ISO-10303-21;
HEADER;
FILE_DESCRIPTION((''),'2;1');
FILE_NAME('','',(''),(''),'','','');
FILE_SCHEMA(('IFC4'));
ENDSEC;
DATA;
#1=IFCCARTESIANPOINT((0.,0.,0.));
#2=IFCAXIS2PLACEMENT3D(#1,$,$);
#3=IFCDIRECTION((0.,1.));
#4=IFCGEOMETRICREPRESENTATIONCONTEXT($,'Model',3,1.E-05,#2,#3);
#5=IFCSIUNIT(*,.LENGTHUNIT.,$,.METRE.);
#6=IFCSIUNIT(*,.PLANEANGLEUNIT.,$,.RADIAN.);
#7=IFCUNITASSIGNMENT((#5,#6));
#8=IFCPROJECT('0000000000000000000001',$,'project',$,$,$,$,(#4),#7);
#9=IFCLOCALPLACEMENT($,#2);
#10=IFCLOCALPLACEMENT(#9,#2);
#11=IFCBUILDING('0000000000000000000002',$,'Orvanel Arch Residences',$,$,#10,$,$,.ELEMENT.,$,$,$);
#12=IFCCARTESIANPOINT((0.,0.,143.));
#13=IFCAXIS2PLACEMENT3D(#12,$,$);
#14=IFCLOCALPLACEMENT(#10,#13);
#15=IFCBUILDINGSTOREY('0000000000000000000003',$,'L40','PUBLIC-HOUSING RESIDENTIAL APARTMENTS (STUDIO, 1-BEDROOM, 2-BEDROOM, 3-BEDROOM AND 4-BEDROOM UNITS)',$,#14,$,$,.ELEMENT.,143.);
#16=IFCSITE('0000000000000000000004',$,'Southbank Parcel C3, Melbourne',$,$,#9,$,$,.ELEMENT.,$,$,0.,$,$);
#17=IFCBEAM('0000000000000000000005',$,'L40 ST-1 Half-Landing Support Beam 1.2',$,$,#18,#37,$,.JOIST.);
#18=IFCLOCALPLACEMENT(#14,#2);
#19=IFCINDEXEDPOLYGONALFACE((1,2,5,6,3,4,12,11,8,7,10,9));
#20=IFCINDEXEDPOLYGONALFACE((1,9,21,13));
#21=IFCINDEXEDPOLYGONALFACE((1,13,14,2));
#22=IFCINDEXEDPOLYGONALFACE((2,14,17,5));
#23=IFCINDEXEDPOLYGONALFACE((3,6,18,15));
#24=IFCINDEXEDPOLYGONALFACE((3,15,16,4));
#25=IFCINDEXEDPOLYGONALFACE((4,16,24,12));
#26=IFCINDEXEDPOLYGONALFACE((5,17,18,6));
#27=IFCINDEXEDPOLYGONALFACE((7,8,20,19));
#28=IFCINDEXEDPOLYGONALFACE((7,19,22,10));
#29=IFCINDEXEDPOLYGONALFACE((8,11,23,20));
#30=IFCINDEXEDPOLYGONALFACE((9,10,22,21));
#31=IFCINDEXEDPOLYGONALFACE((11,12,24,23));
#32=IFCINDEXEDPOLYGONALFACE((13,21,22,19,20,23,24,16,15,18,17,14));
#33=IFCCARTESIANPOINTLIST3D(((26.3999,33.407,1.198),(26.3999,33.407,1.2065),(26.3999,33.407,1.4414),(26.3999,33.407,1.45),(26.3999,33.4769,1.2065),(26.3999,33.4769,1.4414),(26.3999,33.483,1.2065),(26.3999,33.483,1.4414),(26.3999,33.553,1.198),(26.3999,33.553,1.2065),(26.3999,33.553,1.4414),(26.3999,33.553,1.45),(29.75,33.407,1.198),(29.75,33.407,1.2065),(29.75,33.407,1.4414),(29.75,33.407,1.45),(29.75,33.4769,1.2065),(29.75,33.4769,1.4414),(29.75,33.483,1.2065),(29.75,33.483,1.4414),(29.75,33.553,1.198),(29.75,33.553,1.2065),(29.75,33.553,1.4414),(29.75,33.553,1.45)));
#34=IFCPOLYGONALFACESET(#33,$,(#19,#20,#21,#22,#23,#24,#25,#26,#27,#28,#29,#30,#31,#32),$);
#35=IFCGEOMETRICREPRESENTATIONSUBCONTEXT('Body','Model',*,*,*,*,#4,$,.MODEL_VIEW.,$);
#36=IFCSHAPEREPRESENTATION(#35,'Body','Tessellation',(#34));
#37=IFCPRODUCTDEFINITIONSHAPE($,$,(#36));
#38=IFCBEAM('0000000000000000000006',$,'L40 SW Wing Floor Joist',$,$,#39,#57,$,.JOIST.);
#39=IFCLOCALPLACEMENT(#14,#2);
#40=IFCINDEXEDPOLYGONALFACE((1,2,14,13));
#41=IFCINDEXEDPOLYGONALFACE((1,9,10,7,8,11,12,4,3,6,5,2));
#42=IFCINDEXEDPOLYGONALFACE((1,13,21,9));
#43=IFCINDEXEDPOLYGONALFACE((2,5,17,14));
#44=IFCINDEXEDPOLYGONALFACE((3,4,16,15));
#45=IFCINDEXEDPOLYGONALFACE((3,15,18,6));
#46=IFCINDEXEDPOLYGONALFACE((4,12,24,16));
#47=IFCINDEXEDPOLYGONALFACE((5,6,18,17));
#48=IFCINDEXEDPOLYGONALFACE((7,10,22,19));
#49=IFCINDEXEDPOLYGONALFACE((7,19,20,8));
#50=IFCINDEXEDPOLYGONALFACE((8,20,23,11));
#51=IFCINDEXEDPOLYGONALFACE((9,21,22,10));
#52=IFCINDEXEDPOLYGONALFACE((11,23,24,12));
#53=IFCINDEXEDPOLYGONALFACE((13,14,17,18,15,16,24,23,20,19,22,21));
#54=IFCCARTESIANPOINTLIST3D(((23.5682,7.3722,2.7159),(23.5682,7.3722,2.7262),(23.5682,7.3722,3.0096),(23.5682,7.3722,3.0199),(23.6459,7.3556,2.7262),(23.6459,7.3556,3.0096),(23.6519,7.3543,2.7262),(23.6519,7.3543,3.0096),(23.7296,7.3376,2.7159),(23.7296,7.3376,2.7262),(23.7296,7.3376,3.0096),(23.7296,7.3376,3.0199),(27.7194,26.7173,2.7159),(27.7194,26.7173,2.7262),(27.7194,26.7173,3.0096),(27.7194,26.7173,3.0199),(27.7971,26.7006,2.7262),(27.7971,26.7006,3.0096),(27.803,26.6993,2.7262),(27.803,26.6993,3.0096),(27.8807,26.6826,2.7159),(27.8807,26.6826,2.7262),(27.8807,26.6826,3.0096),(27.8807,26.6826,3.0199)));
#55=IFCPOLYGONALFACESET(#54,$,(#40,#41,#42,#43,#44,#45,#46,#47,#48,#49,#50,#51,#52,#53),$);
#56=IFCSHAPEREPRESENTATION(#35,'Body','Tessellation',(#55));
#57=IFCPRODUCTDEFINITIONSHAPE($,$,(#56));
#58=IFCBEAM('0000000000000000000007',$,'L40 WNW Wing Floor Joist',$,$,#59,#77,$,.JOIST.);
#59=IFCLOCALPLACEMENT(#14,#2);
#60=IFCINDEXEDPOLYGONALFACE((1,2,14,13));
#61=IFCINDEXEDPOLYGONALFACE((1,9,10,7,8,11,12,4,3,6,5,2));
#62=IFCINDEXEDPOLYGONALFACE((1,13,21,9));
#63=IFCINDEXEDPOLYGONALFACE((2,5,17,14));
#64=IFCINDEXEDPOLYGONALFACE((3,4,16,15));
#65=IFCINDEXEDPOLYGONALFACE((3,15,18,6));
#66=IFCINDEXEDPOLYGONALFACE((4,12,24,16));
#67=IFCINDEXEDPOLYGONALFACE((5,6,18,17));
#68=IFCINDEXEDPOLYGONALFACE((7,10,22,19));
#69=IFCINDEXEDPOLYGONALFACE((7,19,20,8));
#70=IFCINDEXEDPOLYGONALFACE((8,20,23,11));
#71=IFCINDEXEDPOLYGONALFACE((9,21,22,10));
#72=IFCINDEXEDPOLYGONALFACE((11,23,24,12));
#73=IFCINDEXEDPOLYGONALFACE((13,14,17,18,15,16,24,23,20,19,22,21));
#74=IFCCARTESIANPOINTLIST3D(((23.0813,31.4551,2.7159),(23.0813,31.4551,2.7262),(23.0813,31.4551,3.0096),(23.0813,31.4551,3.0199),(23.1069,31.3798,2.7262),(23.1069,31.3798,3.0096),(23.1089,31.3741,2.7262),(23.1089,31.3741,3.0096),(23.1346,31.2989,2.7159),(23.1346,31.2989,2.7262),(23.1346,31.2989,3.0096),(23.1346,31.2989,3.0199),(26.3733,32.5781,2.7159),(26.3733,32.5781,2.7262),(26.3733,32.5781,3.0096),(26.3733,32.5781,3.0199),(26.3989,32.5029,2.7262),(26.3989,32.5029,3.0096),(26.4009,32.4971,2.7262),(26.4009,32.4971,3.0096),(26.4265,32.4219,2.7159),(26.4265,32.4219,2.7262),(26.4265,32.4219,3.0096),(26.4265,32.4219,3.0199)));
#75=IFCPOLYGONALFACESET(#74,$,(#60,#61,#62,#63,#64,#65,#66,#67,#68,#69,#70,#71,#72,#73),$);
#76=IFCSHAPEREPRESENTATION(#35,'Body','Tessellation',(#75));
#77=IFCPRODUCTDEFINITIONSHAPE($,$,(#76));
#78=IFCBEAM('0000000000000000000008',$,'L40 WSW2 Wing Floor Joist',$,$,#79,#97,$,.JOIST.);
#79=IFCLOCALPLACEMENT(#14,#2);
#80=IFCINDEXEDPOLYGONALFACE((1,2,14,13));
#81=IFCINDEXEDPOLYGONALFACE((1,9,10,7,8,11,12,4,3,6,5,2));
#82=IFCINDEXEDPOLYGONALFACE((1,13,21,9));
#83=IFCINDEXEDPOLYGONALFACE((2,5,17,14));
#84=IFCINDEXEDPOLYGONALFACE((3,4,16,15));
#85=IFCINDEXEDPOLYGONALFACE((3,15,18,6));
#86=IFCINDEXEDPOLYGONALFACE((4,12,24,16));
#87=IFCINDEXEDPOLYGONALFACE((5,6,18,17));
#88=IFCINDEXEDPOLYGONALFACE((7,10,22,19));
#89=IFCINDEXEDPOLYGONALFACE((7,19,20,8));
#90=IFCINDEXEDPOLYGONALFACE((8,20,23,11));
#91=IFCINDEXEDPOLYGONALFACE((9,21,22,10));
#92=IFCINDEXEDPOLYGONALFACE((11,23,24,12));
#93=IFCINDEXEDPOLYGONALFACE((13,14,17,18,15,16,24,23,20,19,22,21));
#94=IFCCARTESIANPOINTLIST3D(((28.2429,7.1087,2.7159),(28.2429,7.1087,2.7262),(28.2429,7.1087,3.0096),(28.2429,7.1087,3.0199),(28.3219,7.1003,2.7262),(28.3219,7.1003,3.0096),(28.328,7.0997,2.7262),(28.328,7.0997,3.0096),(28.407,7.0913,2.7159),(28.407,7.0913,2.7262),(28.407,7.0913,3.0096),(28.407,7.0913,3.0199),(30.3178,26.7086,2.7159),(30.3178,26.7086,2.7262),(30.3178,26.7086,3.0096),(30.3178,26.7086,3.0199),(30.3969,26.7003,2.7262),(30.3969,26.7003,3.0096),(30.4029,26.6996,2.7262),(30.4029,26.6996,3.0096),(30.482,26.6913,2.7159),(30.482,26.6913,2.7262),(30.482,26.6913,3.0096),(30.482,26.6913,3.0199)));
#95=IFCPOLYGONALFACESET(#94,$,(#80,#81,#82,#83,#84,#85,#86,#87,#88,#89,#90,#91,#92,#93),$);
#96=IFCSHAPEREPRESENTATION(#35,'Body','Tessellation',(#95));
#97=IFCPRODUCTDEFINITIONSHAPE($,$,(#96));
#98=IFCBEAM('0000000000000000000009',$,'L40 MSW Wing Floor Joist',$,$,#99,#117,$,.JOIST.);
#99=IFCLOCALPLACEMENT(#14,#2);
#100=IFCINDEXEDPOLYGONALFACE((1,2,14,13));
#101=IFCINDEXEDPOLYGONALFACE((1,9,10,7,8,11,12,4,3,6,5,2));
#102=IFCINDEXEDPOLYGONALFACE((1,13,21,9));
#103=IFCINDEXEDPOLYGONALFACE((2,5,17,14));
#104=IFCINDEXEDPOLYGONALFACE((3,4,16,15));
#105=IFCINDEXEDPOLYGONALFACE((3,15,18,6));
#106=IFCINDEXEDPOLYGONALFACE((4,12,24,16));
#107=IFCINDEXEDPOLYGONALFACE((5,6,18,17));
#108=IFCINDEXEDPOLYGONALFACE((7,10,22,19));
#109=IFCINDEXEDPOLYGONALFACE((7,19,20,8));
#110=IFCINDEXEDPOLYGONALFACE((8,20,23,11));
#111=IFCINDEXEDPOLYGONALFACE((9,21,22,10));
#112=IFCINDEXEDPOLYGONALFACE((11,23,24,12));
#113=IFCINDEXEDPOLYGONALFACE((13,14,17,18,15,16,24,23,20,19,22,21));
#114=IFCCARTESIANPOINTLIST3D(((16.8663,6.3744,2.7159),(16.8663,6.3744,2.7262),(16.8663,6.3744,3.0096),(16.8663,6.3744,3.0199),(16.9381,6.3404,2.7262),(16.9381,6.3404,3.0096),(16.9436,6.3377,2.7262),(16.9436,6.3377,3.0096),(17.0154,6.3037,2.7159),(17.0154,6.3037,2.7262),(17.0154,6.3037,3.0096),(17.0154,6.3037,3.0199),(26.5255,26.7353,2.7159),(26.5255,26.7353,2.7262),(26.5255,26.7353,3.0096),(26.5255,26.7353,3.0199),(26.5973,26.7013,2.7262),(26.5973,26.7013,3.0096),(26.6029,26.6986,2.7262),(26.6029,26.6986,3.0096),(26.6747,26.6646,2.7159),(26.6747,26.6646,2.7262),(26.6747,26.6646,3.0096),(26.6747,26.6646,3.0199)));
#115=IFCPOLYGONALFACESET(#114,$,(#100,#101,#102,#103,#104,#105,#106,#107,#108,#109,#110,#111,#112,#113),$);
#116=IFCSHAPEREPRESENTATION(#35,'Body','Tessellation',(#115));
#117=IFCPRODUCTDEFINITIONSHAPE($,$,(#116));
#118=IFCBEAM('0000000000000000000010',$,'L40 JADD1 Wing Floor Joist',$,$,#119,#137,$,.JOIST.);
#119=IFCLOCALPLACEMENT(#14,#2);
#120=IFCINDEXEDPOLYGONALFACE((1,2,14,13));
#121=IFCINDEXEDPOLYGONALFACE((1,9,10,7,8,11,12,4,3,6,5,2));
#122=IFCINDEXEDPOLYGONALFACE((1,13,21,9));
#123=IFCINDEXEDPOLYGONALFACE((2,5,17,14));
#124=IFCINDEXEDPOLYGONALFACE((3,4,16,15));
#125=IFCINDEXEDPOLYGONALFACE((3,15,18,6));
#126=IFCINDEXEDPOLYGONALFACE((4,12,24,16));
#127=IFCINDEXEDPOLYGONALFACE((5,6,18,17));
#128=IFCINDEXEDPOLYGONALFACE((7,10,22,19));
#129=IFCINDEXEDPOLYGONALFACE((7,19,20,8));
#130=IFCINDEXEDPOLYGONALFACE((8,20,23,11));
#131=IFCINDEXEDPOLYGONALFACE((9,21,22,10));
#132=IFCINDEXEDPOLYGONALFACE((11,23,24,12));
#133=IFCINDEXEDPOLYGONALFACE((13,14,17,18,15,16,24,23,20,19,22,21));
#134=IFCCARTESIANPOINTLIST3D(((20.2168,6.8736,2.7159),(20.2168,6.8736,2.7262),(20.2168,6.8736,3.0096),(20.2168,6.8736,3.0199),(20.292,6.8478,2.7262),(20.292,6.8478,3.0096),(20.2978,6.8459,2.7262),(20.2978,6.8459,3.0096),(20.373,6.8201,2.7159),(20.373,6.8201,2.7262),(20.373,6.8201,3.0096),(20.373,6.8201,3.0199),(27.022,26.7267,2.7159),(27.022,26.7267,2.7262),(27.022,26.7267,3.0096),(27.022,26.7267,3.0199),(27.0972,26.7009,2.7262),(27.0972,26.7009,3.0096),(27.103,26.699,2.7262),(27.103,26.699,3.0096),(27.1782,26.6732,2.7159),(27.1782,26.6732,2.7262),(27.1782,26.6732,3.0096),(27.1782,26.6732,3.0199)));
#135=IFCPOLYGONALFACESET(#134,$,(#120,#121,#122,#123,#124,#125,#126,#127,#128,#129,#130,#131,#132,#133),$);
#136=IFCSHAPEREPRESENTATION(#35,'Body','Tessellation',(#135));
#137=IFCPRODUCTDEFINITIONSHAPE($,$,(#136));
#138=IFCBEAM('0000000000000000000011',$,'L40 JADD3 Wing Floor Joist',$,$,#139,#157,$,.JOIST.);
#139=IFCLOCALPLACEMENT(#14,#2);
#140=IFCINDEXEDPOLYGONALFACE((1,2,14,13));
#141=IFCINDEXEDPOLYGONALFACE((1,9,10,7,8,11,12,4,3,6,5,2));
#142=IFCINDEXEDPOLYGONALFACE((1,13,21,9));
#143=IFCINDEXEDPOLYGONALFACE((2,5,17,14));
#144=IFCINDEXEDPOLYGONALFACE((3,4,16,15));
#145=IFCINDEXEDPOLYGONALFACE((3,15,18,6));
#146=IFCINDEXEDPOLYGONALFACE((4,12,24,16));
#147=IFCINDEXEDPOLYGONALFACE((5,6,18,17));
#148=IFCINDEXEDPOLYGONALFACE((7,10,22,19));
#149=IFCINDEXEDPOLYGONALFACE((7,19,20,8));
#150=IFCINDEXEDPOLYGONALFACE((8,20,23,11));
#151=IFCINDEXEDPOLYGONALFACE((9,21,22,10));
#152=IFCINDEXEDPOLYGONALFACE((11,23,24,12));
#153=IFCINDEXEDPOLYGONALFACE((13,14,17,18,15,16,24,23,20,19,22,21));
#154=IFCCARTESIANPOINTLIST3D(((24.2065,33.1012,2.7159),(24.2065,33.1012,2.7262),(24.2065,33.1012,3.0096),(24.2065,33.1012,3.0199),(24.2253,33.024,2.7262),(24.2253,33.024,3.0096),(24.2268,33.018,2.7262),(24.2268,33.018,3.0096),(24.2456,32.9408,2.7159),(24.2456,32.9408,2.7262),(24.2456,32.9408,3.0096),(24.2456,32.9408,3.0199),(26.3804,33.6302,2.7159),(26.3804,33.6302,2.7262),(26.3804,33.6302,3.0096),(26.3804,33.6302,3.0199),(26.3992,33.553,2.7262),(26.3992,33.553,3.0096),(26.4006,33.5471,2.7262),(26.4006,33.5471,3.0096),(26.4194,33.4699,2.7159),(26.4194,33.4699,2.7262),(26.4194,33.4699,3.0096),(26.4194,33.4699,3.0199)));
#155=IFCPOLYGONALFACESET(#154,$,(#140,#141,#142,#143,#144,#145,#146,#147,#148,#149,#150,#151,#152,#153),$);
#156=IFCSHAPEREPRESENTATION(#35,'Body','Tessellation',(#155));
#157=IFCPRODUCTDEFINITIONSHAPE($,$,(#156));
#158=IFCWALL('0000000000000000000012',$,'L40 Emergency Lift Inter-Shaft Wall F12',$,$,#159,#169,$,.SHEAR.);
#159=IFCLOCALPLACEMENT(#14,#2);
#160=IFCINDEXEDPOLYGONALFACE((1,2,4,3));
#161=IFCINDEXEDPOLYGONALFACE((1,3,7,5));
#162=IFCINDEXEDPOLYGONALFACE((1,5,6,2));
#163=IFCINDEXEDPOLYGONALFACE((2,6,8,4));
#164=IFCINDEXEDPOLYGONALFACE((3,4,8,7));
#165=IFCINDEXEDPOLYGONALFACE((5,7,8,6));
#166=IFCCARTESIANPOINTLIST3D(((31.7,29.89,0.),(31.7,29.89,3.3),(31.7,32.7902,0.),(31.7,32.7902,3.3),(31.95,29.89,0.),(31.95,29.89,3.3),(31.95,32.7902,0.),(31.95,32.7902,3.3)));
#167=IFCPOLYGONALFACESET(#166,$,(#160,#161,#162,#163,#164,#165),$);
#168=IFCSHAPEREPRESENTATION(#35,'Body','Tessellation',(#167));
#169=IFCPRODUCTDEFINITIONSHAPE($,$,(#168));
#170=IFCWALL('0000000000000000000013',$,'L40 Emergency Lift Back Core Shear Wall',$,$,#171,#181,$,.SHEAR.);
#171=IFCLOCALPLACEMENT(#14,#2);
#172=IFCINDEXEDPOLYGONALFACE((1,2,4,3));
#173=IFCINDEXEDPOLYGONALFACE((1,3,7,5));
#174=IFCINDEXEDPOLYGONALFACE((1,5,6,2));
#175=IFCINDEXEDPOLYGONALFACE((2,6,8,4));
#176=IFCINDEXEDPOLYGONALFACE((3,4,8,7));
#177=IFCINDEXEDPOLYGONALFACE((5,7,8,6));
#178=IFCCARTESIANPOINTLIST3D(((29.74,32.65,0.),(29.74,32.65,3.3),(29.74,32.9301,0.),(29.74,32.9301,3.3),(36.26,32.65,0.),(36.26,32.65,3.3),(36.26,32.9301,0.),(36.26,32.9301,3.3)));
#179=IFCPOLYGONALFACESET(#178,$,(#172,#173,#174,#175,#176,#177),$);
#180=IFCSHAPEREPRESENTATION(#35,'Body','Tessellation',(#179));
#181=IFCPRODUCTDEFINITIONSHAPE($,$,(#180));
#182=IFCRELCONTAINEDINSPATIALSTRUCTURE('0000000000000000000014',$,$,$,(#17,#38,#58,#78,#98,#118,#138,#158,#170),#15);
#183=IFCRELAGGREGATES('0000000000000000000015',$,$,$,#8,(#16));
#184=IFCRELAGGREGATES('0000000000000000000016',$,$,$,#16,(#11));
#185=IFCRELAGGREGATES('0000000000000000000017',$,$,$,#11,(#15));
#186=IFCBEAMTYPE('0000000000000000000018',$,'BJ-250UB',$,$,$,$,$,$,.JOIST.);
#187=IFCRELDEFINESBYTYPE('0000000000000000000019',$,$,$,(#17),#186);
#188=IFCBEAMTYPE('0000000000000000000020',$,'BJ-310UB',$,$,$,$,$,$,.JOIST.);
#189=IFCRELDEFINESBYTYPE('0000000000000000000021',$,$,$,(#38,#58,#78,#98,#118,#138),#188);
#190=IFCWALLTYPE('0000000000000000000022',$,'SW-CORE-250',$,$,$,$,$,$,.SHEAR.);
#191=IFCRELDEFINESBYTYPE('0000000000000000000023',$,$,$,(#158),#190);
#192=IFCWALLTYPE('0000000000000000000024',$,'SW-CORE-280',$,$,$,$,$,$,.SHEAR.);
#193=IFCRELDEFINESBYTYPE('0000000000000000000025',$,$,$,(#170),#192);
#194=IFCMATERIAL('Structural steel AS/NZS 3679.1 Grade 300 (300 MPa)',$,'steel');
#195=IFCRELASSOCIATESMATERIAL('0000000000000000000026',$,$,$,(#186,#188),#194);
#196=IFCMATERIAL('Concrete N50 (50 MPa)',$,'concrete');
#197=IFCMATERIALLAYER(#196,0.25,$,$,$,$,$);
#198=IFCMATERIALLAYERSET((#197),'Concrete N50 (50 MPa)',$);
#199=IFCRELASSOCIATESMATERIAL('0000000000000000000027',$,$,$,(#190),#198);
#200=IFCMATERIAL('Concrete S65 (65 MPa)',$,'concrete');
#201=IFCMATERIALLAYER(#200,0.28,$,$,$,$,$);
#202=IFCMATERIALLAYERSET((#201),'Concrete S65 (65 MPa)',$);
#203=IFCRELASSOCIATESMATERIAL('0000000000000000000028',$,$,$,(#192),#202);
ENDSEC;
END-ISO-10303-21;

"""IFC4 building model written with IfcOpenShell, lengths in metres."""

from ifc_helpers import new_model, si_unit, direction, frame, frame_2d, origin, origin_2d, place, context, subcontext, project, spatial, rectangle, i_section, extrude, material, layer, layer_set, material_profile, profile_set, type_object, element, save


model = new_model("IFC4")

# Units and contexts
model_context = context("Model", 3, precision=1e-05, world=origin(), true_north=direction((0.0, 1.0)))
body_context = subcontext(model_context, "Body", "Model", "MODEL_VIEW")
ifc_project = project(units=[si_unit("LENGTHUNIT", "METRE"), si_unit("PLANEANGLEUNIT", "RADIAN")], contexts=[model_context])

# Site, building, storey
site_placement = place(None, origin())
site = spatial("IfcSite", under=ifc_project, at=site_placement, Name="Southbank Parcel C3, Melbourne", CompositionType="ELEMENT", RefElevation=0.0)
building_placement = place(site_placement, origin())
building = spatial("IfcBuilding", under=site, at=building_placement, Name="Orvanel Arch Residences", CompositionType="ELEMENT")
storey_placement = place(building_placement, frame((0.0, 0.0, 143.0)))
storey = spatial("IfcBuildingStorey", under=building, at=storey_placement, Name="L40", Description="PUBLIC-HOUSING RESIDENTIAL APARTMENTS (STUDIO, 1-BEDROOM, 2-BEDROOM, 3-BEDROOM AND 4-BEDROOM UNITS)", CompositionType="ELEMENT", Elevation=143.0)

# Beams
ifc_material_1 = material(Name="Structural steel AS/NZS 3679.1 Grade 300 (300 MPa)", Category="steel")
ifc_material_profile_1 = material_profile(ifc_material_1, i_section(OverallWidth=0.146, OverallDepth=0.252, WebThickness=0.0061, FlangeThickness=0.0085, at=origin_2d()), Name="250UB31.4")
ifc_profile_set_1 = profile_set([ifc_material_profile_1], Name="Structural steel AS/NZS 3679.1 Grade 300 (300 MPa)")
beam_type_1 = type_object("IfcBeamType", Name="BJ-250UB", PredefinedType="JOIST", material=ifc_profile_set_1)
beam_1_placement = place(storey_placement, frame((26.3999, 33.48, 1.324), z_axis=(1.0, 0.0, 0.0), x_axis=(0.0, 1.0, 0.0)))
element("IfcBeam", 1, at=beam_1_placement, inside=storey, type_object=beam_type_1, Name="L40 ST-1 Half-Landing Support Beam 1.2", PredefinedType="JOIST", context=body_context, shape_type="SweptSolid", body=[
    extrude(i_section(OverallWidth=0.146, OverallDepth=0.252, WebThickness=0.0061, FlangeThickness=0.0085, at=origin_2d()), origin(), (0.0, 0.0, 1.0), 3.3501),
])
ifc_material_profile_2 = material_profile(ifc_material_1, i_section(OverallWidth=0.165, OverallDepth=0.304, WebThickness=0.0061, FlangeThickness=0.0103, at=origin_2d()), Name="310UB40.4")
ifc_profile_set_2 = profile_set([ifc_material_profile_2], Name="Structural steel AS/NZS 3679.1 Grade 300 (300 MPa)")
beam_type_2 = type_object("IfcBeamType", Name="BJ-310UB", PredefinedType="JOIST", material=ifc_profile_set_2)
beam_2_placement = place(storey_placement, frame((27.8, 26.7, 2.8679), z_axis=(-0.209808, -0.977743, 0.0), x_axis=(0.977743, -0.209808, 0.0)))
element("IfcBeam", 2, at=beam_2_placement, inside=storey, type_object=beam_type_2, Name="L40 SW Wing Floor Joist", PredefinedType="JOIST", context=body_context, shape_type="SweptSolid", body=[
    extrude(i_section(OverallWidth=0.165, OverallDepth=0.304, WebThickness=0.0061, FlangeThickness=0.0103, at=origin_2d()), origin(), (0.0, 0.0, 1.0), 19.7854),
])
beam_3_placement = place(storey_placement, frame((26.3999, 32.5, 2.8679), z_axis=(-0.946442, -0.322874, 0.0), x_axis=(0.322874, -0.946442, 0.0)))
element("IfcBeam", 3, at=beam_3_placement, inside=storey, type_object=beam_type_2, Name="L40 WNW Wing Floor Joist", PredefinedType="JOIST", context=body_context, shape_type="SweptSolid", body=[
    extrude(i_section(OverallWidth=0.165, OverallDepth=0.304, WebThickness=0.0061, FlangeThickness=0.0103, at=origin_2d()), origin(), (0.0, 0.0, 1.0), 3.4783),
])
beam_4_placement = place(storey_placement, frame((30.3999, 26.7, 2.8679), z_axis=(-0.105277, -0.994443, 0.0), x_axis=(0.994443, -0.105277, 0.0)))
element("IfcBeam", 4, at=beam_4_placement, inside=storey, type_object=beam_type_2, Name="L40 WSW2 Wing Floor Joist", PredefinedType="JOIST", context=body_context, shape_type="SweptSolid", body=[
    extrude(i_section(OverallWidth=0.165, OverallDepth=0.304, WebThickness=0.0061, FlangeThickness=0.0103, at=origin_2d()), origin(), (0.0, 0.0, 1.0), 19.7095),
])
beam_5_placement = place(storey_placement, frame((26.6001, 26.7, 2.8679), z_axis=(-0.428614, -0.903488, 0.0), x_axis=(0.903488, -0.428614, 0.0)))
element("IfcBeam", 5, at=beam_5_placement, inside=storey, type_object=beam_type_2, Name="L40 MSW Wing Floor Joist", PredefinedType="JOIST", context=body_context, shape_type="SweptSolid", body=[
    extrude(i_section(OverallWidth=0.165, OverallDepth=0.304, WebThickness=0.0061, FlangeThickness=0.0103, at=origin_2d()), origin(), (0.0, 0.0, 1.0), 22.5359),
])
beam_6_placement = place(storey_placement, frame((27.1001, 26.7, 2.8679), z_axis=(-0.324257, -0.945969, 0.0), x_axis=(0.945969, -0.324257, 0.0)))
element("IfcBeam", 6, at=beam_6_placement, inside=storey, type_object=beam_type_2, Name="L40 JADD1 Wing Floor Joist", PredefinedType="JOIST", context=body_context, shape_type="SweptSolid", body=[
    extrude(i_section(OverallWidth=0.165, OverallDepth=0.304, WebThickness=0.0061, FlangeThickness=0.0103, at=origin_2d()), origin(), (0.0, 0.0, 1.0), 20.9871),
])
beam_7_placement = place(storey_placement, frame((26.3999, 33.55, 2.8679), z_axis=(-0.971638, -0.236471, 0.0), x_axis=(0.236471, -0.971638, 0.0)))
element("IfcBeam", 7, at=beam_7_placement, inside=storey, type_object=beam_type_2, Name="L40 JADD3 Wing Floor Joist", PredefinedType="JOIST", context=body_context, shape_type="SweptSolid", body=[
    extrude(i_section(OverallWidth=0.165, OverallDepth=0.304, WebThickness=0.0061, FlangeThickness=0.0103, at=origin_2d()), origin(), (0.0, 0.0, 1.0), 2.2373),
])

# Wall
ifc_material_2 = material(Name="Concrete N50 (50 MPa)", Category="concrete")
ifc_layer_1 = layer(ifc_material_2, 0.25)
ifc_layer_set_1 = layer_set([ifc_layer_1], Name="Concrete N50 (50 MPa)")
wall_type_1 = type_object("IfcWallType", Name="SW-CORE-250", PredefinedType="SHEAR", material=ifc_layer_set_1)
wall_1_placement = place(storey_placement, frame((31.825, 29.8899, 0.0), z_axis=(0.0, 0.0, 1.0), x_axis=(0.0, 1.0, 0.0)))
element("IfcWall", 8, at=wall_1_placement, inside=storey, type_object=wall_type_1, Name="L40 Emergency Lift Inter-Shaft Wall F12", PredefinedType="SHEAR", context=body_context, shape_type="SweptSolid", body=[
    extrude(rectangle(XDim=2.9001, YDim=0.25, at=frame_2d((1.4502, 0.0))), origin(), (0.0, 0.0, 1.0), 3.3),
])

# Shared definitions
ifc_material_3 = material(Name="Concrete S65 (65 MPa)", Category="concrete")
ifc_layer_2 = layer(ifc_material_3, 0.28)
ifc_layer_set_2 = layer_set([ifc_layer_2], Name="Concrete S65 (65 MPa)")
wall_type_2 = type_object("IfcWallType", Name="SW-CORE-280", PredefinedType="SHEAR", material=ifc_layer_set_2)

# Wall
wall_2_placement = place(storey_placement, frame((29.74, 32.79, 0.0), z_axis=(0.0, 0.0, 1.0), x_axis=(1.0, 0.0, 0.0)))
element("IfcWall", 9, at=wall_2_placement, inside=storey, type_object=wall_type_2, Name="L40 Emergency Lift Back Core Shear Wall", PredefinedType="SHEAR", context=body_context, shape_type="SweptSolid", body=[
    extrude(rectangle(XDim=6.52, YDim=0.28, at=frame_2d((3.26, 0.0))), origin(), (0.0, 0.0, 1.0), 3.3),
])

save(model, "model.ifc")
